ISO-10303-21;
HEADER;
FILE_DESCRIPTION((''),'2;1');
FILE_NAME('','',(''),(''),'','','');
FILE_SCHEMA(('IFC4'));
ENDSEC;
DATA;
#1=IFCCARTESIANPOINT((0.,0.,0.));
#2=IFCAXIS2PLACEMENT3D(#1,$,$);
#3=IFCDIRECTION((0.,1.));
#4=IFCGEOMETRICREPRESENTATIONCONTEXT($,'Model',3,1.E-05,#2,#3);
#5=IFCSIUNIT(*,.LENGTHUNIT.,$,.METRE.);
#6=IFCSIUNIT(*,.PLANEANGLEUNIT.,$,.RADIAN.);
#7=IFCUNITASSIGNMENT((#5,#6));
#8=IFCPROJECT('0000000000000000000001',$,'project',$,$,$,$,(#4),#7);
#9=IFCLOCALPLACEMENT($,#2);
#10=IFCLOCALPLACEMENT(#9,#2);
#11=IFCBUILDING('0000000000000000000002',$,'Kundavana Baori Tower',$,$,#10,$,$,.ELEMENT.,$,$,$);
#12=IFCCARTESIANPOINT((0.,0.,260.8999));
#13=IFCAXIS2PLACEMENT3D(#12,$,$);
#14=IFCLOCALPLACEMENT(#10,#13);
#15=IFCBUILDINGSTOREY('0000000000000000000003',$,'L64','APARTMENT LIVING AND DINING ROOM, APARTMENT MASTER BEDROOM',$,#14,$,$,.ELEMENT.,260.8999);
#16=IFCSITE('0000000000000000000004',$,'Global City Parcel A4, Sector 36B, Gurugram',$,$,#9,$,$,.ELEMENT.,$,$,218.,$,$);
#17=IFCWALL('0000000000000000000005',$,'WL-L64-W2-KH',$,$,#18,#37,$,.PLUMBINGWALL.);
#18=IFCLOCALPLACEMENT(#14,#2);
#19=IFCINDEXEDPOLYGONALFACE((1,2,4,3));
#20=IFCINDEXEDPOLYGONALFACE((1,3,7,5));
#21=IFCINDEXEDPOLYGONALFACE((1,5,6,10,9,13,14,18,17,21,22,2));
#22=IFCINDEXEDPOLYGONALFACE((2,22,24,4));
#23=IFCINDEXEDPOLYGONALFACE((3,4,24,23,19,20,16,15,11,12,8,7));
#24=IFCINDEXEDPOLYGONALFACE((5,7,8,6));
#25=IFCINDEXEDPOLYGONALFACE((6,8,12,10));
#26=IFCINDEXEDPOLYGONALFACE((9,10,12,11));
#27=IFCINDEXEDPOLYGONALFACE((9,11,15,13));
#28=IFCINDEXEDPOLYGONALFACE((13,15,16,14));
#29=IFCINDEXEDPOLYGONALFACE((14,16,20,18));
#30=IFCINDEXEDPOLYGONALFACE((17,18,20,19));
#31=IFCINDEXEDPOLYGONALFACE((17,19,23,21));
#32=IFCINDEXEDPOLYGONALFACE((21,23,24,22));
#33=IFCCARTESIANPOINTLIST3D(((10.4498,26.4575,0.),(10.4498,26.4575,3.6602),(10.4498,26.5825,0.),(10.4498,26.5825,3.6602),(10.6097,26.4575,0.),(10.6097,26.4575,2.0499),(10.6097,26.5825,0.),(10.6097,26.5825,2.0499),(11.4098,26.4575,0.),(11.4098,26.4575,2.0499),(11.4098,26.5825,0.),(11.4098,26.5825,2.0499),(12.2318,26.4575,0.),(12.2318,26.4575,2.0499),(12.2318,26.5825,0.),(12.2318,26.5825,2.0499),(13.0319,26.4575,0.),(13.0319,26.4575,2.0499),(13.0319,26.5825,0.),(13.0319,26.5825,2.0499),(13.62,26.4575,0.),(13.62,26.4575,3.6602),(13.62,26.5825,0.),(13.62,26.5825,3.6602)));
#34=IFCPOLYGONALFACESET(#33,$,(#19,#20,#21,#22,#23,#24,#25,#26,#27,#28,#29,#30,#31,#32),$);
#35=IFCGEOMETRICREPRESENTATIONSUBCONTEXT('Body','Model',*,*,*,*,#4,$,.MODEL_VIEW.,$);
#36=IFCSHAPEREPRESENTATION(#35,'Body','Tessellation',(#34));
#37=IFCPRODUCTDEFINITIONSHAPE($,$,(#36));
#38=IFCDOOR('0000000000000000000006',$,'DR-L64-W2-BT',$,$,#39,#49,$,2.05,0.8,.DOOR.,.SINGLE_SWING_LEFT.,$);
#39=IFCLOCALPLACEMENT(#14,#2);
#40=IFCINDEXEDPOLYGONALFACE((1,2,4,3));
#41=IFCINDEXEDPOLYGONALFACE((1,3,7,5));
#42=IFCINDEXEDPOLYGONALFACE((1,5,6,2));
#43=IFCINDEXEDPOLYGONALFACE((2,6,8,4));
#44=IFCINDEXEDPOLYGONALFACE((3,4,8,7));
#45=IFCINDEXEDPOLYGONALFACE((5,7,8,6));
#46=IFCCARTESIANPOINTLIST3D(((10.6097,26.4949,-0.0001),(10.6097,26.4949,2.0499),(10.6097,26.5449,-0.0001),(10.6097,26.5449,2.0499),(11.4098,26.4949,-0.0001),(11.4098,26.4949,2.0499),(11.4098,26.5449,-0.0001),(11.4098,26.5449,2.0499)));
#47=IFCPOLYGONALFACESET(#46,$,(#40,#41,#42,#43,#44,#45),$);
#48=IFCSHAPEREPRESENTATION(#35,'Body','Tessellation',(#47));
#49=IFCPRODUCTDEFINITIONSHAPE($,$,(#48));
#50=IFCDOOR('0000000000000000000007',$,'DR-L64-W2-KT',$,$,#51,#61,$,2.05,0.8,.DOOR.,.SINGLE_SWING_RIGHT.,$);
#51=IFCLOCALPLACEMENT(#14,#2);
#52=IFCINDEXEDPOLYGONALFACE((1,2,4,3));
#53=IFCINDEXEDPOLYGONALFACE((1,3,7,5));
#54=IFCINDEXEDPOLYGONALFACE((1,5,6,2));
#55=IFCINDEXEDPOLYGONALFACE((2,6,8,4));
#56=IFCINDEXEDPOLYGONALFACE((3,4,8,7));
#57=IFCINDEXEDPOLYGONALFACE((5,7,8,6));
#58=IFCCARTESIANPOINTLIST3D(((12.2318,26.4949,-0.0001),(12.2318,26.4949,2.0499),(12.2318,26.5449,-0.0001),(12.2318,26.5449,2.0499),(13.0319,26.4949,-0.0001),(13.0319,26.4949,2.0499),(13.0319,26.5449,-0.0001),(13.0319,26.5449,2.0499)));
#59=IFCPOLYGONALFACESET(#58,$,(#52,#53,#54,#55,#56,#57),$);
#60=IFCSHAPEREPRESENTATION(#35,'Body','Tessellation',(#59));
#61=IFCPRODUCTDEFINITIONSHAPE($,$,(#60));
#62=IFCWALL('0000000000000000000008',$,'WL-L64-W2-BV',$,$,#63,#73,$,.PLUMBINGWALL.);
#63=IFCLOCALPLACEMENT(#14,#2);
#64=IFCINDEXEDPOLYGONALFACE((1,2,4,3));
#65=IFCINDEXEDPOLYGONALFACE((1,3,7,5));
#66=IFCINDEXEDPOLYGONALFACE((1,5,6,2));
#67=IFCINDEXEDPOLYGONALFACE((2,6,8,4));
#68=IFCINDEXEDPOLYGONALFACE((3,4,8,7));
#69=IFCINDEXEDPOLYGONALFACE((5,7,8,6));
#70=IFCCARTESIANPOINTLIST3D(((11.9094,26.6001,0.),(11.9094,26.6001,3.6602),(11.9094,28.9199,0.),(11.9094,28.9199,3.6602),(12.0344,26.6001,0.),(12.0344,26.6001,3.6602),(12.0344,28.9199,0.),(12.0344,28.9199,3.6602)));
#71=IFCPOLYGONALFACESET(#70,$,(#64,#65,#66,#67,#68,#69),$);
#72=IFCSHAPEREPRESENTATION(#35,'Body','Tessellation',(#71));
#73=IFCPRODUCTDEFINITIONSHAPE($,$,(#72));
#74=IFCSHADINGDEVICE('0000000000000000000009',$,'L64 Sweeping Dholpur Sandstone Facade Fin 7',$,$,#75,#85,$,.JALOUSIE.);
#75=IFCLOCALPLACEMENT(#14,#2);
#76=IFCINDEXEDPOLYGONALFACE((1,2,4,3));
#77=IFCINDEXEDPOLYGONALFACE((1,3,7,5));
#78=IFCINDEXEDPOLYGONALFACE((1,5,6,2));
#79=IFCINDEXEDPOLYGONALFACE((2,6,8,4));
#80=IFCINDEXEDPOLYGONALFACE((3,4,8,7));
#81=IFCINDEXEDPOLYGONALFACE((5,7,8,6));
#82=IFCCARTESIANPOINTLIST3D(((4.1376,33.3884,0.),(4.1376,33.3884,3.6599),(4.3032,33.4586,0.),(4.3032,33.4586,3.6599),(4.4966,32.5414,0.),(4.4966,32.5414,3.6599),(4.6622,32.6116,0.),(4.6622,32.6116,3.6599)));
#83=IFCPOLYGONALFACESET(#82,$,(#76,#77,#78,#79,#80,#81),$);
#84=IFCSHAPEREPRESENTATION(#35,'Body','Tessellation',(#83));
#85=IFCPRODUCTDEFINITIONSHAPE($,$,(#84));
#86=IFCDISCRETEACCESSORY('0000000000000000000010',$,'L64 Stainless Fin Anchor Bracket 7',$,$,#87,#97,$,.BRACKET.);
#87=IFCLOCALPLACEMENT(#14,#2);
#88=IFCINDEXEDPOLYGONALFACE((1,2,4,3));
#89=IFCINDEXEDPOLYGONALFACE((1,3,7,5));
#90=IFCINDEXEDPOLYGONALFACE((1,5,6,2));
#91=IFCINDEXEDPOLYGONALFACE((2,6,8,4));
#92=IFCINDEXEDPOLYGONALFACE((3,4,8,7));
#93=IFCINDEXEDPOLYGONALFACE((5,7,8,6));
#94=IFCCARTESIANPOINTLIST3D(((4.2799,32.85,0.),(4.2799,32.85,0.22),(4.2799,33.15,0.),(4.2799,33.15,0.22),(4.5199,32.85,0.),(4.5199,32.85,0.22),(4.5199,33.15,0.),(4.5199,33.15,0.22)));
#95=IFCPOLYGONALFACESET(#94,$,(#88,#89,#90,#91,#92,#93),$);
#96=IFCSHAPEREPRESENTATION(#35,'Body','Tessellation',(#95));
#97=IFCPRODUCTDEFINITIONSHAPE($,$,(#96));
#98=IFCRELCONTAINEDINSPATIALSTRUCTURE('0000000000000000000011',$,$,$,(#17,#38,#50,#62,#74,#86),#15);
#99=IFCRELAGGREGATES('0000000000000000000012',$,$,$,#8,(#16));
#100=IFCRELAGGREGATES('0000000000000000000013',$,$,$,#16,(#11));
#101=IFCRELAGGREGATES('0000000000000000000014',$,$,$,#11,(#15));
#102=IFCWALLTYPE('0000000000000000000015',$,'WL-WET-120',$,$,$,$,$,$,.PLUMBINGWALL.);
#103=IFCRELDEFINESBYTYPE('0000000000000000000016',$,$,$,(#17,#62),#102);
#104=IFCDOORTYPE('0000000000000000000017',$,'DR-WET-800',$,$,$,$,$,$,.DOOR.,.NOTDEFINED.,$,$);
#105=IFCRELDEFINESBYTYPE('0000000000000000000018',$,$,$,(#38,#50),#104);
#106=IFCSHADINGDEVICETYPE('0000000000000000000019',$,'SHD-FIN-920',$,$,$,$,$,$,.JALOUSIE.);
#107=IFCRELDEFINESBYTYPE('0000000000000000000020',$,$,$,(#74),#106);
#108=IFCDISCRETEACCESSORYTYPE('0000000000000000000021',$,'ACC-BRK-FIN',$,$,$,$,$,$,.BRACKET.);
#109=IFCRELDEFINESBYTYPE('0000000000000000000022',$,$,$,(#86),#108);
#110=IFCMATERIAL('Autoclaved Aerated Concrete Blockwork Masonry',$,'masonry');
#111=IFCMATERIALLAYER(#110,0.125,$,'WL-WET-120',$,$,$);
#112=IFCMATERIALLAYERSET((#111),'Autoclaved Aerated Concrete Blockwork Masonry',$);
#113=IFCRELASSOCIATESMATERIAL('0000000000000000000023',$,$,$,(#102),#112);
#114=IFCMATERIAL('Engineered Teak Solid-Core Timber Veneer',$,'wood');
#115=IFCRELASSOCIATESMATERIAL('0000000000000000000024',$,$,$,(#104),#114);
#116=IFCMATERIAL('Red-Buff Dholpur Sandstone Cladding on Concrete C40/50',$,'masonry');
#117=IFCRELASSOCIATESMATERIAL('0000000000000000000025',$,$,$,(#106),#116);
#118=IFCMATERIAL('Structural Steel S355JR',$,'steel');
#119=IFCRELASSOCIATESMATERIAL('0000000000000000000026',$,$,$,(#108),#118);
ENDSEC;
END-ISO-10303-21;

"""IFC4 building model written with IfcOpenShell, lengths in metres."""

from ifc_helpers import new_model, si_unit, direction, frame, frame_2d, origin, origin_2d, place, context, subcontext, project, spatial, rectangle, extrude, material, layer, layer_set, type_object, element, fill, save


model = new_model("IFC4")

# Units and contexts
model_context = context("Model", 3, precision=1e-05, world=origin(), true_north=direction((0.0, 1.0)))
body_context = subcontext(model_context, "Body", "Model", "MODEL_VIEW")
ifc_project = project(units=[si_unit("LENGTHUNIT", "METRE"), si_unit("PLANEANGLEUNIT", "RADIAN")], contexts=[model_context])

# Site, building, storey
site_placement = place(None, origin())
site = spatial("IfcSite", under=ifc_project, at=site_placement, Name="Global City Parcel A4, Sector 36B, Gurugram", CompositionType="ELEMENT", RefElevation=218.0)
building_placement = place(site_placement, origin())
building = spatial("IfcBuilding", under=site, at=building_placement, Name="Kundavana Baori Tower", CompositionType="ELEMENT")
storey_placement = place(building_placement, frame((0.0, 0.0, 260.8999)))
storey = spatial("IfcBuildingStorey", under=building, at=storey_placement, Name="L64", Description="APARTMENT LIVING AND DINING ROOM, APARTMENT MASTER BEDROOM", CompositionType="ELEMENT", Elevation=260.8999)

# Wall, openings, doors
ifc_material_1 = material(Name="Autoclaved Aerated Concrete Blockwork Masonry", Category="masonry")
ifc_layer_1 = layer(ifc_material_1, 0.125, Name="WL-WET-120")
ifc_layer_set_1 = layer_set([ifc_layer_1], Name="Autoclaved Aerated Concrete Blockwork Masonry")
wall_type_1 = type_object("IfcWallType", Name="WL-WET-120", PredefinedType="PLUMBINGWALL", material=ifc_layer_set_1)
wall_1_placement = place(storey_placement, frame((10.45, 26.52, 0.0), z_axis=(0.0, 0.0, 1.0), x_axis=(1.0, 0.0, 0.0)))
wall_1 = element("IfcWall", 1, at=wall_1_placement, inside=storey, type_object=wall_type_1, Name="WL-L64-W2-KH", PredefinedType="PLUMBINGWALL", context=body_context, shape_type="SweptSolid", body=[
    extrude(rectangle(XDim=3.1702, YDim=0.125, at=frame_2d((1.585, 0.0))), origin(), (0.0, 0.0, 1.0), 3.6602),
])
opening_1_placement = place(wall_1_placement, frame((0.1599, 0.0, 0.0)))
opening_1 = element("IfcOpeningElement", 2, at=opening_1_placement, cuts=wall_1, PredefinedType="OPENING", context=body_context, shape_type="SweptSolid", body=[
    extrude(rectangle(XDim=0.8, YDim=2.05, at=frame_2d((0.3999, 1.0249))), frame((0.0, 0.0725, 0.0), z_axis=(0.0, -1.0, 0.0), x_axis=(1.0, 0.0, 0.0)), (0.0, 0.0, 1.0), 0.145),
])
opening_2_placement = place(wall_1_placement, frame((1.782, 0.0, 0.0)))
opening_2 = element("IfcOpeningElement", 3, at=opening_2_placement, cuts=wall_1, PredefinedType="OPENING", context=body_context, shape_type="SweptSolid", body=[
    extrude(rectangle(XDim=0.8, YDim=2.05, at=frame_2d((0.3999, 1.0249))), frame((0.0, 0.0725, 0.0), z_axis=(0.0, -1.0, 0.0), x_axis=(1.0, 0.0, 0.0)), (0.0, 0.0, 1.0), 0.145),
])
ifc_material_2 = material(Name="Engineered Teak Solid-Core Timber Veneer", Category="wood")
door_type_1 = type_object("IfcDoorType", Name="DR-WET-800", OperationType="NOTDEFINED", PredefinedType="DOOR", material=ifc_material_2)
door_1_placement = place(opening_1_placement, origin())
door_1 = element("IfcDoor", 4, at=door_1_placement, inside=storey, type_object=door_type_1, Name="DR-L64-W2-BT", OperationType="SINGLE_SWING_LEFT", OverallHeight=2.05, OverallWidth=0.8, PredefinedType="DOOR", context=body_context, shape_type="SweptSolid", body=[
    extrude(rectangle(XDim=0.8, YDim=2.05, at=frame_2d((0.3999, 1.0249))), frame((0.0, 0.0249, 0.0), z_axis=(0.0, -1.0, 0.0), x_axis=(1.0, 0.0, 0.0)), (0.0, 0.0, 1.0), 0.05),
])
fill(opening_1, door_1)
door_2_placement = place(opening_2_placement, origin())
door_2 = element("IfcDoor", 5, at=door_2_placement, inside=storey, type_object=door_type_1, Name="DR-L64-W2-KT", OperationType="SINGLE_SWING_RIGHT", OverallHeight=2.05, OverallWidth=0.8, PredefinedType="DOOR", context=body_context, shape_type="SweptSolid", body=[
    extrude(rectangle(XDim=0.8, YDim=2.05, at=frame_2d((0.3999, 1.0249))), frame((0.0, 0.0249, 0.0), z_axis=(0.0, -1.0, 0.0), x_axis=(1.0, 0.0, 0.0)), (0.0, 0.0, 1.0), 0.05),
])
fill(opening_2, door_2)

# Wall
wall_2_placement = place(storey_placement, frame((11.9719, 26.6001, 0.0), z_axis=(0.0, 0.0, 1.0), x_axis=(0.0, 1.0, 0.0)))
element("IfcWall", 6, at=wall_2_placement, inside=storey, type_object=wall_type_1, Name="WL-L64-W2-BV", PredefinedType="PLUMBINGWALL", context=body_context, shape_type="SweptSolid", body=[
    extrude(rectangle(XDim=2.3198, YDim=0.125, at=frame_2d((1.1599, 0.0))), origin(), (0.0, 0.0, 1.0), 3.6602),
])

# Shading device
ifc_material_3 = material(Name="Red-Buff Dholpur Sandstone Cladding on Concrete C40/50", Category="masonry")
shading_device_type = type_object("IfcShadingDeviceType", Name="SHD-FIN-920", PredefinedType="JALOUSIE", material=ifc_material_3)
shading_device_placement = place(storey_placement, frame((4.3999, 33.0, 0.0), z_axis=(0.0, 0.0, 1.0), x_axis=(0.920709, 0.390249, 0.0)))
element("IfcShadingDevice", 7, at=shading_device_placement, inside=storey, type_object=shading_device_type, Name="L64 Sweeping Dholpur Sandstone Facade Fin 7", PredefinedType="JALOUSIE", context=body_context, shape_type="SweptSolid", body=[
    extrude(rectangle(XDim=0.1799, YDim=0.9199, at=origin_2d()), origin(), (0.0, 0.0, 1.0), 3.6599),
])

# Discrete accessory
ifc_material_4 = material(Name="Structural Steel S355JR", Category="steel")
discrete_accessory_type = type_object("IfcDiscreteAccessoryType", Name="ACC-BRK-FIN", PredefinedType="BRACKET", material=ifc_material_4)
discrete_accessory_placement = place(storey_placement, frame((4.3999, 33.0, 0.0), z_axis=(0.0, 0.0, 1.0), x_axis=(1.0, 0.0, 0.0)))
element("IfcDiscreteAccessory", 8, at=discrete_accessory_placement, inside=storey, type_object=discrete_accessory_type, Name="L64 Stainless Fin Anchor Bracket 7", PredefinedType="BRACKET", context=body_context, shape_type="SweptSolid", body=[
    extrude(rectangle(XDim=0.24, YDim=0.3, at=origin_2d()), origin(), (0.0, 0.0, 1.0), 0.22),
])

save(model, "model.ifc")
